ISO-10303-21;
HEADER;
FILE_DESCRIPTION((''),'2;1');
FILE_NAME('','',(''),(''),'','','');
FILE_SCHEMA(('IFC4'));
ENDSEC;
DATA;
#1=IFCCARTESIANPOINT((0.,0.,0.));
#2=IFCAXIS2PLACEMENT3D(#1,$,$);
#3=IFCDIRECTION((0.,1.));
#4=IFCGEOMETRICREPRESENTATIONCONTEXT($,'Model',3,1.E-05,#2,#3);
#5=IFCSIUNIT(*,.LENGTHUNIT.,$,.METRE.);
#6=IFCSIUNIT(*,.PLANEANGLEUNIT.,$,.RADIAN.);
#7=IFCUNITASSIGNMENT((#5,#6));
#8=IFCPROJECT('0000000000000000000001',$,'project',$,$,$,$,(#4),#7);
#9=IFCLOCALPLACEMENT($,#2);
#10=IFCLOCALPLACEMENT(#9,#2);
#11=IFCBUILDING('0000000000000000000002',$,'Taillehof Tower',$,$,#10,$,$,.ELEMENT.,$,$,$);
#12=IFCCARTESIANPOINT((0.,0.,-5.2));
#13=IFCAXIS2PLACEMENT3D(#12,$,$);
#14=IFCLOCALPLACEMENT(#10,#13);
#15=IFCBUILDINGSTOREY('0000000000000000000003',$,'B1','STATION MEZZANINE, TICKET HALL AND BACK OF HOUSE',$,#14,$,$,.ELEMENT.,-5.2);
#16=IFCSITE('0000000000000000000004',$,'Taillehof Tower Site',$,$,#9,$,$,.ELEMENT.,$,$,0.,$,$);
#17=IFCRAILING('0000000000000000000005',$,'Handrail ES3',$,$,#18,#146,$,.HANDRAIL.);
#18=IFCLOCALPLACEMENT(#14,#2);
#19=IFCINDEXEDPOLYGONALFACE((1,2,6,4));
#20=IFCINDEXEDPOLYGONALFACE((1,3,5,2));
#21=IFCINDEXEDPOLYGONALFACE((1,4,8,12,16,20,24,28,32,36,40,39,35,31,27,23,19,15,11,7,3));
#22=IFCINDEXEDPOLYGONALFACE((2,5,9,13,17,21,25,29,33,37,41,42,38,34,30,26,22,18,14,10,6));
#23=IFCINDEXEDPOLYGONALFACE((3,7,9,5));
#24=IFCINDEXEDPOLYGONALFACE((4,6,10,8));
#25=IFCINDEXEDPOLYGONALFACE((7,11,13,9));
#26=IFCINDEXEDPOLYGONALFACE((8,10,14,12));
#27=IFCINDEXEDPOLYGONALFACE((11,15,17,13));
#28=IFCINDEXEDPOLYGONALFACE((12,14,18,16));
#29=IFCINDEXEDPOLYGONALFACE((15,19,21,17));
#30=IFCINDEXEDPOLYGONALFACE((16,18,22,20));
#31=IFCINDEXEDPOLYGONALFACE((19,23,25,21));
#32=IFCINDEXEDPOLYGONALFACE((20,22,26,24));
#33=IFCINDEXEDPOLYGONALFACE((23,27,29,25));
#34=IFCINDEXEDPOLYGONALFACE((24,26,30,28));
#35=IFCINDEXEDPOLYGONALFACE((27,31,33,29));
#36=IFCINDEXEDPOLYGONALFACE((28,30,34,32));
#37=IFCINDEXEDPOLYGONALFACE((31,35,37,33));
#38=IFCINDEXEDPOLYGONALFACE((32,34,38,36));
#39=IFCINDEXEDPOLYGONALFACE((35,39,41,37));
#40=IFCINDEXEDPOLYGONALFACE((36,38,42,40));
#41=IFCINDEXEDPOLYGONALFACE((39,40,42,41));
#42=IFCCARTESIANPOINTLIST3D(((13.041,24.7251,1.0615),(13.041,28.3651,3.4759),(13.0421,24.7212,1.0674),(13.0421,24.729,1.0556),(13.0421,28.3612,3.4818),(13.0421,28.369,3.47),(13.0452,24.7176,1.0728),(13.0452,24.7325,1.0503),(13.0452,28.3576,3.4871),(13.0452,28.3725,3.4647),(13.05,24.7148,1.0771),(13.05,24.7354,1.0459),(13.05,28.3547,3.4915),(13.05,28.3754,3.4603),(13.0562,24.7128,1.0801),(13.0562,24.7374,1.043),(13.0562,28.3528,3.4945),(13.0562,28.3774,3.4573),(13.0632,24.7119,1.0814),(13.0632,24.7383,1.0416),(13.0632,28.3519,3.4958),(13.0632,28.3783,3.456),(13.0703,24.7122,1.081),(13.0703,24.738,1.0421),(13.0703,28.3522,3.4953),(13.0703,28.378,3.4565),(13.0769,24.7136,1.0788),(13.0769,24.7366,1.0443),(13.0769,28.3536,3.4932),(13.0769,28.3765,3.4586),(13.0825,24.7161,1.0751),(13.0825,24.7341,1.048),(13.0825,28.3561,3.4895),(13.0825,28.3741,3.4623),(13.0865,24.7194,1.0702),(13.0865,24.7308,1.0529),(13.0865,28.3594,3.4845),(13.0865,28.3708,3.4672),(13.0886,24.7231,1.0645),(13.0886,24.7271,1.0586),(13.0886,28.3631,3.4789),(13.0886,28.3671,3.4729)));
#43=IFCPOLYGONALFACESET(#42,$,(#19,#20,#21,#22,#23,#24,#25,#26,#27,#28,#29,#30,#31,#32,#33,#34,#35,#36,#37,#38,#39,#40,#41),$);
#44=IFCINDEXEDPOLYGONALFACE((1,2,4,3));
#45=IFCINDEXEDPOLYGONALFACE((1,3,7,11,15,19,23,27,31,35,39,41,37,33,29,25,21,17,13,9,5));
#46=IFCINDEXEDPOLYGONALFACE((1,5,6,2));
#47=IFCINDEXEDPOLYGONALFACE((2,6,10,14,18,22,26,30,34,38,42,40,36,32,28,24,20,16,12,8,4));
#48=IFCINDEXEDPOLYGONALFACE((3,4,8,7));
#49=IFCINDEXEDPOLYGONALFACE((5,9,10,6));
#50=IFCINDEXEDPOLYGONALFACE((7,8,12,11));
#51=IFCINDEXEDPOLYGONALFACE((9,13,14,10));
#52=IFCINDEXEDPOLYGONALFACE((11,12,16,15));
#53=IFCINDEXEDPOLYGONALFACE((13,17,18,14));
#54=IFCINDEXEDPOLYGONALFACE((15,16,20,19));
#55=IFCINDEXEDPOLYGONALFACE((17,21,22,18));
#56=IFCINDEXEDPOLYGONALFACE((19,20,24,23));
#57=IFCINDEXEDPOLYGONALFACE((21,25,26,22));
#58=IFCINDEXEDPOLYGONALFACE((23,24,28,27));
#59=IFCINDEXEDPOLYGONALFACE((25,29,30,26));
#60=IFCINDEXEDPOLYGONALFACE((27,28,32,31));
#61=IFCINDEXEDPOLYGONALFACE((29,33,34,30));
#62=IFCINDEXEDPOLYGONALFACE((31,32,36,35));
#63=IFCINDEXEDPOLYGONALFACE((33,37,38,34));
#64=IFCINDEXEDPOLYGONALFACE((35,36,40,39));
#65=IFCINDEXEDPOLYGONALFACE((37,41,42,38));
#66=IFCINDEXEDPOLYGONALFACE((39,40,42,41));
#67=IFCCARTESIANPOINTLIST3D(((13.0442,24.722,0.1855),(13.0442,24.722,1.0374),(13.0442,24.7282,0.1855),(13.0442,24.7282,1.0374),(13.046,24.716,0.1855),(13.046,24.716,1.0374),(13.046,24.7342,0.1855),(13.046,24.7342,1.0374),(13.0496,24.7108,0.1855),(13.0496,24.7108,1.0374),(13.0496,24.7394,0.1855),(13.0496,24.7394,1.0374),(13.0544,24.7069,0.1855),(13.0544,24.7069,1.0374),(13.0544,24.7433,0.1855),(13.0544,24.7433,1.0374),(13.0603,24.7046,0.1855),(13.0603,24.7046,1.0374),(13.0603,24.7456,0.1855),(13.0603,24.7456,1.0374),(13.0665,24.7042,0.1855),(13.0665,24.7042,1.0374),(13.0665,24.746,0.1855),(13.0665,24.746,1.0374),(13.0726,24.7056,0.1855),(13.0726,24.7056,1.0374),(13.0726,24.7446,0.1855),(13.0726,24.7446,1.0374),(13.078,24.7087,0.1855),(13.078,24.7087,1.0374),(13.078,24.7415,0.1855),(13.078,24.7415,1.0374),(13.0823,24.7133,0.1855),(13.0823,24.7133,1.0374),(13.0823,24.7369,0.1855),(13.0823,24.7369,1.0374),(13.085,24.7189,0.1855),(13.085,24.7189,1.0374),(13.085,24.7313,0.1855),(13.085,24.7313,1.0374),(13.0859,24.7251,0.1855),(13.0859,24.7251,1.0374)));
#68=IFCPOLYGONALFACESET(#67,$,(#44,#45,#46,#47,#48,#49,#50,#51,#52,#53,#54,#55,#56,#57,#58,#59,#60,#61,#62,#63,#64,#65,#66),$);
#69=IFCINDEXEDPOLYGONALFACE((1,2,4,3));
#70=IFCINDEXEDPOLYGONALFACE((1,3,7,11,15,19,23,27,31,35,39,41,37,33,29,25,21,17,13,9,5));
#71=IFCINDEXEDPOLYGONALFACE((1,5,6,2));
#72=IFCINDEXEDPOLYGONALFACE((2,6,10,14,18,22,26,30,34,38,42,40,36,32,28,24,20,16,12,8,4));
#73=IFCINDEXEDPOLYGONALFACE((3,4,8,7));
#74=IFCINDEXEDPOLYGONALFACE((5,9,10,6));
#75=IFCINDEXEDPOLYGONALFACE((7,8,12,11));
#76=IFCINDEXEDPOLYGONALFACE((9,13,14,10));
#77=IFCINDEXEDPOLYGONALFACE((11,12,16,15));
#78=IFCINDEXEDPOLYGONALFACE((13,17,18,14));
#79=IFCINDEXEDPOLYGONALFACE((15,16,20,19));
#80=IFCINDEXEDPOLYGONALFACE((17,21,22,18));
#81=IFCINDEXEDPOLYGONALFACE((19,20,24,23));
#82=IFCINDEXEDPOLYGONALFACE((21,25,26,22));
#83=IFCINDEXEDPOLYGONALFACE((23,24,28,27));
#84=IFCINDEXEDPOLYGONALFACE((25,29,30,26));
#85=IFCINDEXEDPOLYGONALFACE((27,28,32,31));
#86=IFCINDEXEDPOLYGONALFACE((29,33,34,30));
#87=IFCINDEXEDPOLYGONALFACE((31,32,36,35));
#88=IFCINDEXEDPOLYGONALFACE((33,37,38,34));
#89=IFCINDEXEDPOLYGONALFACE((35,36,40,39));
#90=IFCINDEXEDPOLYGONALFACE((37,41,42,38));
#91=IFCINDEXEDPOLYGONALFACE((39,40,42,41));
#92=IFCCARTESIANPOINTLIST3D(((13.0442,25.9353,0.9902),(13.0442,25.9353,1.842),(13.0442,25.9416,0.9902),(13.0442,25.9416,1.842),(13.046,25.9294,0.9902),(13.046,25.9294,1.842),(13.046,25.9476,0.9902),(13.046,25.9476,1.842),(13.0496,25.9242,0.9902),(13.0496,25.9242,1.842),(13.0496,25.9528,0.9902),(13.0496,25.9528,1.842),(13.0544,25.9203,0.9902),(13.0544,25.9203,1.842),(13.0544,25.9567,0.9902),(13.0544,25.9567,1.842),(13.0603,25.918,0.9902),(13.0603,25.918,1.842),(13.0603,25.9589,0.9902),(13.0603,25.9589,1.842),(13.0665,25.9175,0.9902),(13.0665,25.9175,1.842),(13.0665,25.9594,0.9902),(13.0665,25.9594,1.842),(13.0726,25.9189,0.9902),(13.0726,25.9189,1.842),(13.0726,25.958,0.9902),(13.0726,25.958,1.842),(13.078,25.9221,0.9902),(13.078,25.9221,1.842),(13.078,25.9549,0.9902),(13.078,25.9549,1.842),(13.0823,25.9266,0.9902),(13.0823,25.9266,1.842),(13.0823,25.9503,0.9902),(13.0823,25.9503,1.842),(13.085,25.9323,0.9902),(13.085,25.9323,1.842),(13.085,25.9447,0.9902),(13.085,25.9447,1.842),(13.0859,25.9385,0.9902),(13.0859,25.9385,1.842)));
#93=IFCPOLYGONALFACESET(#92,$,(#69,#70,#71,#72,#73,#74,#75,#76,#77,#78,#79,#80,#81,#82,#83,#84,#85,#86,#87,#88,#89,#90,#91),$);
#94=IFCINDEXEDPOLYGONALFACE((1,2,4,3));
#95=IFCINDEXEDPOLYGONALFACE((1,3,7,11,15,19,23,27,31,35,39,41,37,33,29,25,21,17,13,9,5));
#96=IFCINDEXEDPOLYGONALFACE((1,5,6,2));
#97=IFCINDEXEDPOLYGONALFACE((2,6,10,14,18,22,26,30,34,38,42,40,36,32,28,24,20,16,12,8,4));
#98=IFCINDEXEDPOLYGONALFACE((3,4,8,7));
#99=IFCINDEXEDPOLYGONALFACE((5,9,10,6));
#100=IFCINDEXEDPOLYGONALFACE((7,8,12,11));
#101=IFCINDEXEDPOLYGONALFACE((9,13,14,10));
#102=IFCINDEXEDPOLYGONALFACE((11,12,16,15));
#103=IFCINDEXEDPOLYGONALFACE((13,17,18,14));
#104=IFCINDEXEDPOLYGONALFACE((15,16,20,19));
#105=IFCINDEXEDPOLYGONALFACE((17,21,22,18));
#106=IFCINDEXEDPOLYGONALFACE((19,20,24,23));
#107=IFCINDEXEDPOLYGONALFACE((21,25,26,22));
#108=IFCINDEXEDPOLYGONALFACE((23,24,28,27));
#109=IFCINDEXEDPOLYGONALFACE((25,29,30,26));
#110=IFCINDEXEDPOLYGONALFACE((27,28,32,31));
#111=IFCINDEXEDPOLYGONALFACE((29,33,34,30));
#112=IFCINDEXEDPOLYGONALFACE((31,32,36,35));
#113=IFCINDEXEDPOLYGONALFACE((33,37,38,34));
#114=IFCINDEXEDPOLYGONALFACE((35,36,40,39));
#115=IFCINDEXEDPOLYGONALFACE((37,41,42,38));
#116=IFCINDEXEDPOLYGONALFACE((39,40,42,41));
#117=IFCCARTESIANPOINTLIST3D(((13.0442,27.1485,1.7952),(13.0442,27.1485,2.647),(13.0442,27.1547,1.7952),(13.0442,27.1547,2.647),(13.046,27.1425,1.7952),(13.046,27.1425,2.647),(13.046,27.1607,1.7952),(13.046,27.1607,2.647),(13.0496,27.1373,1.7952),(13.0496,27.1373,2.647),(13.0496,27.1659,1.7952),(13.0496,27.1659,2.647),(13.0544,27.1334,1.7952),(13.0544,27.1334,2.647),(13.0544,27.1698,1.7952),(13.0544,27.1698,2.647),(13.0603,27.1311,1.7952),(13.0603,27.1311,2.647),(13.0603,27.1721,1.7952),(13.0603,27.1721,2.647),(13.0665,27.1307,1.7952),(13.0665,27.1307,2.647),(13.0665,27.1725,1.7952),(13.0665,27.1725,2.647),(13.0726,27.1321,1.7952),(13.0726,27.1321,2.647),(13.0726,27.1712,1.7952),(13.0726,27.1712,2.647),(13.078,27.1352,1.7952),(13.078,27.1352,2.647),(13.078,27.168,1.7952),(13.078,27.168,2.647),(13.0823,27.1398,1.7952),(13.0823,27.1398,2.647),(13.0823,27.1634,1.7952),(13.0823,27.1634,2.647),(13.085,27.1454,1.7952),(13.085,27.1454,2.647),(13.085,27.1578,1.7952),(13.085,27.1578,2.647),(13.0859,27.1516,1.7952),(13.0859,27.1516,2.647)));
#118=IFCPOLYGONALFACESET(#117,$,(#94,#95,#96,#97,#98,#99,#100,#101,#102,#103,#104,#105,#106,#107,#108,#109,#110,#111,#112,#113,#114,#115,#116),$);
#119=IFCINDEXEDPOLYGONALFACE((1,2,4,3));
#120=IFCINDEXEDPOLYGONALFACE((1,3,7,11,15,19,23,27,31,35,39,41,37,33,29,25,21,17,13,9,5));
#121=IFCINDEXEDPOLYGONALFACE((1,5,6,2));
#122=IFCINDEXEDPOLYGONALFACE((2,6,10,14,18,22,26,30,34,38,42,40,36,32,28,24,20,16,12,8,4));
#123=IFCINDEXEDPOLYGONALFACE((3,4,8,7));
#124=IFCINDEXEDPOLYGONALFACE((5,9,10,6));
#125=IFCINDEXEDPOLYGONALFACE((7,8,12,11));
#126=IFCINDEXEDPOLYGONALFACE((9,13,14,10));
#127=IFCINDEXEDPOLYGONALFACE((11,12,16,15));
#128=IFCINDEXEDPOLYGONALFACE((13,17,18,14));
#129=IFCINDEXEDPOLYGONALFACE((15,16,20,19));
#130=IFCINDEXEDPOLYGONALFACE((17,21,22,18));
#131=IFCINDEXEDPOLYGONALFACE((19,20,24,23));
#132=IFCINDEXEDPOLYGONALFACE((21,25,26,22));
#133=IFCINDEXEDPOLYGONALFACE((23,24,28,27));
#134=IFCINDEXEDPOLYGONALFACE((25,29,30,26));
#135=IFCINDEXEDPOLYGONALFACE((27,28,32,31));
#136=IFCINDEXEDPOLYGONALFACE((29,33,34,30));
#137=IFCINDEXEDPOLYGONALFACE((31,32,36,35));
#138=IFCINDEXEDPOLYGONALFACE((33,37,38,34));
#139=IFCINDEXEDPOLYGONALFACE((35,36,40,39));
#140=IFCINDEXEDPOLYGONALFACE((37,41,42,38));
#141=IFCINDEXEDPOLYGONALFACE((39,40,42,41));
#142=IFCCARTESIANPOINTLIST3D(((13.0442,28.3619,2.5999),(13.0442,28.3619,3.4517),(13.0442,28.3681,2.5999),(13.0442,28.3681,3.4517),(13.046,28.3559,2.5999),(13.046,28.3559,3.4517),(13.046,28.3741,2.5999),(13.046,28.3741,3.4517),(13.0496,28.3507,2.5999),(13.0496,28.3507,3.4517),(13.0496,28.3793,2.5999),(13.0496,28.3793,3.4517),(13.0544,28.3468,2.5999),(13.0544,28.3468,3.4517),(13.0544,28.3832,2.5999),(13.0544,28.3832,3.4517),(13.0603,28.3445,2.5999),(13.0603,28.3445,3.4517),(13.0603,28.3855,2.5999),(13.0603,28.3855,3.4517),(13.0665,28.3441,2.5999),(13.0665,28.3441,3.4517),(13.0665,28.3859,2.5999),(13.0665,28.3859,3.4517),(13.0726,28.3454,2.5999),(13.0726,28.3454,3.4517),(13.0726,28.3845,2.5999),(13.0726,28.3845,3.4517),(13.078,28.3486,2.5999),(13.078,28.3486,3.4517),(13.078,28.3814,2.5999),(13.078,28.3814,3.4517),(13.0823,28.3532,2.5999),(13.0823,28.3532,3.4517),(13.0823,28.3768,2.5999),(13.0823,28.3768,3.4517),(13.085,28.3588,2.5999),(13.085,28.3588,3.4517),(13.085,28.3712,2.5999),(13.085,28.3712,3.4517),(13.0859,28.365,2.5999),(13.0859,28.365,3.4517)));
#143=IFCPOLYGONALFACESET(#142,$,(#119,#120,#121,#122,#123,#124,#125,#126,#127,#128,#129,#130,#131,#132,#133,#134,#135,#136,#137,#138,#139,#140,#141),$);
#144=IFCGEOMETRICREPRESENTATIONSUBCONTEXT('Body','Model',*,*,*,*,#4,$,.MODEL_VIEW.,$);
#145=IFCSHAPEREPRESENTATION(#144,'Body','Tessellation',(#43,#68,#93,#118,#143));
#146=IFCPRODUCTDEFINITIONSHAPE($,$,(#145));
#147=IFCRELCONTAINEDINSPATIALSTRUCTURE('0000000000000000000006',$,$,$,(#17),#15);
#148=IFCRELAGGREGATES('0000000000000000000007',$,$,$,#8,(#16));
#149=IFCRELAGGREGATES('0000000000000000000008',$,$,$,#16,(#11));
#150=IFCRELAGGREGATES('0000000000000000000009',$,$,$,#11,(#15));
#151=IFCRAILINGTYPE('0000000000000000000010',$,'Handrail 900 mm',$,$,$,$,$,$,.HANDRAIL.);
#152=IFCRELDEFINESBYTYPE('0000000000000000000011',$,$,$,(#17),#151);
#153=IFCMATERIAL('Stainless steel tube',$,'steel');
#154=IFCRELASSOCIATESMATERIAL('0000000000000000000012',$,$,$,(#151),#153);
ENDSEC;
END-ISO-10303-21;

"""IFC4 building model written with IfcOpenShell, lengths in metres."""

from ifc_helpers import new_model, si_unit, direction, frame, origin, origin_2d, place, context, subcontext, project, spatial, circle, extrude, material, type_object, element, save


model = new_model("IFC4")

# Units and contexts
model_context = context("Model", 3, precision=1e-05, world=origin(), true_north=direction((0.0, 1.0)))
body_context = subcontext(model_context, "Body", "Model", "MODEL_VIEW")
ifc_project = project(units=[si_unit("LENGTHUNIT", "METRE"), si_unit("PLANEANGLEUNIT", "RADIAN")], contexts=[model_context])

# Site, building, storey
site_placement = place(None, origin())
site = spatial("IfcSite", under=ifc_project, at=site_placement, Name="Taillehof Tower Site", CompositionType="ELEMENT", RefElevation=0.0)
building_placement = place(site_placement, origin())
building = spatial("IfcBuilding", under=site, at=building_placement, Name="Taillehof Tower", CompositionType="ELEMENT")
storey_placement = place(building_placement, frame((0.0, 0.0, -5.2)))
storey = spatial("IfcBuildingStorey", under=building, at=storey_placement, Name="B1", Description="STATION MEZZANINE, TICKET HALL AND BACK OF HOUSE", CompositionType="ELEMENT", Elevation=-5.2)

# Railing
ifc_material_1 = material(Name="Stainless steel tube", Category="steel")
railing_type_1 = type_object("IfcRailingType", Name="Handrail 900 mm", PredefinedType="HANDRAIL", material=ifc_material_1)
for number, where, name in (
    (1, (13.0649, 24.7251, 0.1855), "Handrail ES3"),
):
    element("IfcRailing", number, at=place(storey_placement, frame(where)), inside=storey, type_object=railing_type_1, Name=name, PredefinedType="HANDRAIL", context=body_context, shape_type="SweptSolid", body=[
        extrude(circle(Radius=0.0239, at=origin_2d()), frame((0.0, 0.0, 0.876), z_axis=(0.0, 0.833347, 0.552751), x_axis=(-1.0, 0.0, 0.0)), (0.0, 0.0, 1.0), 4.3679),
        extrude(circle(Radius=0.021, at=origin_2d()), origin(), (0.0, 0.0, 1.0), 0.8518),
        extrude(circle(Radius=0.021, at=origin_2d()), frame((0.0, 1.2134, 0.8047)), (0.0, 0.0, 1.0), 0.8518),
        extrude(circle(Radius=0.021, at=origin_2d()), frame((0.0, 2.4265, 1.6096)), (0.0, 0.0, 1.0), 0.8518),
        extrude(circle(Radius=0.021, at=origin_2d()), frame((0.0, 3.6399, 2.4143)), (0.0, 0.0, 1.0), 0.8518),
    ])

save(model, "model.ifc")
